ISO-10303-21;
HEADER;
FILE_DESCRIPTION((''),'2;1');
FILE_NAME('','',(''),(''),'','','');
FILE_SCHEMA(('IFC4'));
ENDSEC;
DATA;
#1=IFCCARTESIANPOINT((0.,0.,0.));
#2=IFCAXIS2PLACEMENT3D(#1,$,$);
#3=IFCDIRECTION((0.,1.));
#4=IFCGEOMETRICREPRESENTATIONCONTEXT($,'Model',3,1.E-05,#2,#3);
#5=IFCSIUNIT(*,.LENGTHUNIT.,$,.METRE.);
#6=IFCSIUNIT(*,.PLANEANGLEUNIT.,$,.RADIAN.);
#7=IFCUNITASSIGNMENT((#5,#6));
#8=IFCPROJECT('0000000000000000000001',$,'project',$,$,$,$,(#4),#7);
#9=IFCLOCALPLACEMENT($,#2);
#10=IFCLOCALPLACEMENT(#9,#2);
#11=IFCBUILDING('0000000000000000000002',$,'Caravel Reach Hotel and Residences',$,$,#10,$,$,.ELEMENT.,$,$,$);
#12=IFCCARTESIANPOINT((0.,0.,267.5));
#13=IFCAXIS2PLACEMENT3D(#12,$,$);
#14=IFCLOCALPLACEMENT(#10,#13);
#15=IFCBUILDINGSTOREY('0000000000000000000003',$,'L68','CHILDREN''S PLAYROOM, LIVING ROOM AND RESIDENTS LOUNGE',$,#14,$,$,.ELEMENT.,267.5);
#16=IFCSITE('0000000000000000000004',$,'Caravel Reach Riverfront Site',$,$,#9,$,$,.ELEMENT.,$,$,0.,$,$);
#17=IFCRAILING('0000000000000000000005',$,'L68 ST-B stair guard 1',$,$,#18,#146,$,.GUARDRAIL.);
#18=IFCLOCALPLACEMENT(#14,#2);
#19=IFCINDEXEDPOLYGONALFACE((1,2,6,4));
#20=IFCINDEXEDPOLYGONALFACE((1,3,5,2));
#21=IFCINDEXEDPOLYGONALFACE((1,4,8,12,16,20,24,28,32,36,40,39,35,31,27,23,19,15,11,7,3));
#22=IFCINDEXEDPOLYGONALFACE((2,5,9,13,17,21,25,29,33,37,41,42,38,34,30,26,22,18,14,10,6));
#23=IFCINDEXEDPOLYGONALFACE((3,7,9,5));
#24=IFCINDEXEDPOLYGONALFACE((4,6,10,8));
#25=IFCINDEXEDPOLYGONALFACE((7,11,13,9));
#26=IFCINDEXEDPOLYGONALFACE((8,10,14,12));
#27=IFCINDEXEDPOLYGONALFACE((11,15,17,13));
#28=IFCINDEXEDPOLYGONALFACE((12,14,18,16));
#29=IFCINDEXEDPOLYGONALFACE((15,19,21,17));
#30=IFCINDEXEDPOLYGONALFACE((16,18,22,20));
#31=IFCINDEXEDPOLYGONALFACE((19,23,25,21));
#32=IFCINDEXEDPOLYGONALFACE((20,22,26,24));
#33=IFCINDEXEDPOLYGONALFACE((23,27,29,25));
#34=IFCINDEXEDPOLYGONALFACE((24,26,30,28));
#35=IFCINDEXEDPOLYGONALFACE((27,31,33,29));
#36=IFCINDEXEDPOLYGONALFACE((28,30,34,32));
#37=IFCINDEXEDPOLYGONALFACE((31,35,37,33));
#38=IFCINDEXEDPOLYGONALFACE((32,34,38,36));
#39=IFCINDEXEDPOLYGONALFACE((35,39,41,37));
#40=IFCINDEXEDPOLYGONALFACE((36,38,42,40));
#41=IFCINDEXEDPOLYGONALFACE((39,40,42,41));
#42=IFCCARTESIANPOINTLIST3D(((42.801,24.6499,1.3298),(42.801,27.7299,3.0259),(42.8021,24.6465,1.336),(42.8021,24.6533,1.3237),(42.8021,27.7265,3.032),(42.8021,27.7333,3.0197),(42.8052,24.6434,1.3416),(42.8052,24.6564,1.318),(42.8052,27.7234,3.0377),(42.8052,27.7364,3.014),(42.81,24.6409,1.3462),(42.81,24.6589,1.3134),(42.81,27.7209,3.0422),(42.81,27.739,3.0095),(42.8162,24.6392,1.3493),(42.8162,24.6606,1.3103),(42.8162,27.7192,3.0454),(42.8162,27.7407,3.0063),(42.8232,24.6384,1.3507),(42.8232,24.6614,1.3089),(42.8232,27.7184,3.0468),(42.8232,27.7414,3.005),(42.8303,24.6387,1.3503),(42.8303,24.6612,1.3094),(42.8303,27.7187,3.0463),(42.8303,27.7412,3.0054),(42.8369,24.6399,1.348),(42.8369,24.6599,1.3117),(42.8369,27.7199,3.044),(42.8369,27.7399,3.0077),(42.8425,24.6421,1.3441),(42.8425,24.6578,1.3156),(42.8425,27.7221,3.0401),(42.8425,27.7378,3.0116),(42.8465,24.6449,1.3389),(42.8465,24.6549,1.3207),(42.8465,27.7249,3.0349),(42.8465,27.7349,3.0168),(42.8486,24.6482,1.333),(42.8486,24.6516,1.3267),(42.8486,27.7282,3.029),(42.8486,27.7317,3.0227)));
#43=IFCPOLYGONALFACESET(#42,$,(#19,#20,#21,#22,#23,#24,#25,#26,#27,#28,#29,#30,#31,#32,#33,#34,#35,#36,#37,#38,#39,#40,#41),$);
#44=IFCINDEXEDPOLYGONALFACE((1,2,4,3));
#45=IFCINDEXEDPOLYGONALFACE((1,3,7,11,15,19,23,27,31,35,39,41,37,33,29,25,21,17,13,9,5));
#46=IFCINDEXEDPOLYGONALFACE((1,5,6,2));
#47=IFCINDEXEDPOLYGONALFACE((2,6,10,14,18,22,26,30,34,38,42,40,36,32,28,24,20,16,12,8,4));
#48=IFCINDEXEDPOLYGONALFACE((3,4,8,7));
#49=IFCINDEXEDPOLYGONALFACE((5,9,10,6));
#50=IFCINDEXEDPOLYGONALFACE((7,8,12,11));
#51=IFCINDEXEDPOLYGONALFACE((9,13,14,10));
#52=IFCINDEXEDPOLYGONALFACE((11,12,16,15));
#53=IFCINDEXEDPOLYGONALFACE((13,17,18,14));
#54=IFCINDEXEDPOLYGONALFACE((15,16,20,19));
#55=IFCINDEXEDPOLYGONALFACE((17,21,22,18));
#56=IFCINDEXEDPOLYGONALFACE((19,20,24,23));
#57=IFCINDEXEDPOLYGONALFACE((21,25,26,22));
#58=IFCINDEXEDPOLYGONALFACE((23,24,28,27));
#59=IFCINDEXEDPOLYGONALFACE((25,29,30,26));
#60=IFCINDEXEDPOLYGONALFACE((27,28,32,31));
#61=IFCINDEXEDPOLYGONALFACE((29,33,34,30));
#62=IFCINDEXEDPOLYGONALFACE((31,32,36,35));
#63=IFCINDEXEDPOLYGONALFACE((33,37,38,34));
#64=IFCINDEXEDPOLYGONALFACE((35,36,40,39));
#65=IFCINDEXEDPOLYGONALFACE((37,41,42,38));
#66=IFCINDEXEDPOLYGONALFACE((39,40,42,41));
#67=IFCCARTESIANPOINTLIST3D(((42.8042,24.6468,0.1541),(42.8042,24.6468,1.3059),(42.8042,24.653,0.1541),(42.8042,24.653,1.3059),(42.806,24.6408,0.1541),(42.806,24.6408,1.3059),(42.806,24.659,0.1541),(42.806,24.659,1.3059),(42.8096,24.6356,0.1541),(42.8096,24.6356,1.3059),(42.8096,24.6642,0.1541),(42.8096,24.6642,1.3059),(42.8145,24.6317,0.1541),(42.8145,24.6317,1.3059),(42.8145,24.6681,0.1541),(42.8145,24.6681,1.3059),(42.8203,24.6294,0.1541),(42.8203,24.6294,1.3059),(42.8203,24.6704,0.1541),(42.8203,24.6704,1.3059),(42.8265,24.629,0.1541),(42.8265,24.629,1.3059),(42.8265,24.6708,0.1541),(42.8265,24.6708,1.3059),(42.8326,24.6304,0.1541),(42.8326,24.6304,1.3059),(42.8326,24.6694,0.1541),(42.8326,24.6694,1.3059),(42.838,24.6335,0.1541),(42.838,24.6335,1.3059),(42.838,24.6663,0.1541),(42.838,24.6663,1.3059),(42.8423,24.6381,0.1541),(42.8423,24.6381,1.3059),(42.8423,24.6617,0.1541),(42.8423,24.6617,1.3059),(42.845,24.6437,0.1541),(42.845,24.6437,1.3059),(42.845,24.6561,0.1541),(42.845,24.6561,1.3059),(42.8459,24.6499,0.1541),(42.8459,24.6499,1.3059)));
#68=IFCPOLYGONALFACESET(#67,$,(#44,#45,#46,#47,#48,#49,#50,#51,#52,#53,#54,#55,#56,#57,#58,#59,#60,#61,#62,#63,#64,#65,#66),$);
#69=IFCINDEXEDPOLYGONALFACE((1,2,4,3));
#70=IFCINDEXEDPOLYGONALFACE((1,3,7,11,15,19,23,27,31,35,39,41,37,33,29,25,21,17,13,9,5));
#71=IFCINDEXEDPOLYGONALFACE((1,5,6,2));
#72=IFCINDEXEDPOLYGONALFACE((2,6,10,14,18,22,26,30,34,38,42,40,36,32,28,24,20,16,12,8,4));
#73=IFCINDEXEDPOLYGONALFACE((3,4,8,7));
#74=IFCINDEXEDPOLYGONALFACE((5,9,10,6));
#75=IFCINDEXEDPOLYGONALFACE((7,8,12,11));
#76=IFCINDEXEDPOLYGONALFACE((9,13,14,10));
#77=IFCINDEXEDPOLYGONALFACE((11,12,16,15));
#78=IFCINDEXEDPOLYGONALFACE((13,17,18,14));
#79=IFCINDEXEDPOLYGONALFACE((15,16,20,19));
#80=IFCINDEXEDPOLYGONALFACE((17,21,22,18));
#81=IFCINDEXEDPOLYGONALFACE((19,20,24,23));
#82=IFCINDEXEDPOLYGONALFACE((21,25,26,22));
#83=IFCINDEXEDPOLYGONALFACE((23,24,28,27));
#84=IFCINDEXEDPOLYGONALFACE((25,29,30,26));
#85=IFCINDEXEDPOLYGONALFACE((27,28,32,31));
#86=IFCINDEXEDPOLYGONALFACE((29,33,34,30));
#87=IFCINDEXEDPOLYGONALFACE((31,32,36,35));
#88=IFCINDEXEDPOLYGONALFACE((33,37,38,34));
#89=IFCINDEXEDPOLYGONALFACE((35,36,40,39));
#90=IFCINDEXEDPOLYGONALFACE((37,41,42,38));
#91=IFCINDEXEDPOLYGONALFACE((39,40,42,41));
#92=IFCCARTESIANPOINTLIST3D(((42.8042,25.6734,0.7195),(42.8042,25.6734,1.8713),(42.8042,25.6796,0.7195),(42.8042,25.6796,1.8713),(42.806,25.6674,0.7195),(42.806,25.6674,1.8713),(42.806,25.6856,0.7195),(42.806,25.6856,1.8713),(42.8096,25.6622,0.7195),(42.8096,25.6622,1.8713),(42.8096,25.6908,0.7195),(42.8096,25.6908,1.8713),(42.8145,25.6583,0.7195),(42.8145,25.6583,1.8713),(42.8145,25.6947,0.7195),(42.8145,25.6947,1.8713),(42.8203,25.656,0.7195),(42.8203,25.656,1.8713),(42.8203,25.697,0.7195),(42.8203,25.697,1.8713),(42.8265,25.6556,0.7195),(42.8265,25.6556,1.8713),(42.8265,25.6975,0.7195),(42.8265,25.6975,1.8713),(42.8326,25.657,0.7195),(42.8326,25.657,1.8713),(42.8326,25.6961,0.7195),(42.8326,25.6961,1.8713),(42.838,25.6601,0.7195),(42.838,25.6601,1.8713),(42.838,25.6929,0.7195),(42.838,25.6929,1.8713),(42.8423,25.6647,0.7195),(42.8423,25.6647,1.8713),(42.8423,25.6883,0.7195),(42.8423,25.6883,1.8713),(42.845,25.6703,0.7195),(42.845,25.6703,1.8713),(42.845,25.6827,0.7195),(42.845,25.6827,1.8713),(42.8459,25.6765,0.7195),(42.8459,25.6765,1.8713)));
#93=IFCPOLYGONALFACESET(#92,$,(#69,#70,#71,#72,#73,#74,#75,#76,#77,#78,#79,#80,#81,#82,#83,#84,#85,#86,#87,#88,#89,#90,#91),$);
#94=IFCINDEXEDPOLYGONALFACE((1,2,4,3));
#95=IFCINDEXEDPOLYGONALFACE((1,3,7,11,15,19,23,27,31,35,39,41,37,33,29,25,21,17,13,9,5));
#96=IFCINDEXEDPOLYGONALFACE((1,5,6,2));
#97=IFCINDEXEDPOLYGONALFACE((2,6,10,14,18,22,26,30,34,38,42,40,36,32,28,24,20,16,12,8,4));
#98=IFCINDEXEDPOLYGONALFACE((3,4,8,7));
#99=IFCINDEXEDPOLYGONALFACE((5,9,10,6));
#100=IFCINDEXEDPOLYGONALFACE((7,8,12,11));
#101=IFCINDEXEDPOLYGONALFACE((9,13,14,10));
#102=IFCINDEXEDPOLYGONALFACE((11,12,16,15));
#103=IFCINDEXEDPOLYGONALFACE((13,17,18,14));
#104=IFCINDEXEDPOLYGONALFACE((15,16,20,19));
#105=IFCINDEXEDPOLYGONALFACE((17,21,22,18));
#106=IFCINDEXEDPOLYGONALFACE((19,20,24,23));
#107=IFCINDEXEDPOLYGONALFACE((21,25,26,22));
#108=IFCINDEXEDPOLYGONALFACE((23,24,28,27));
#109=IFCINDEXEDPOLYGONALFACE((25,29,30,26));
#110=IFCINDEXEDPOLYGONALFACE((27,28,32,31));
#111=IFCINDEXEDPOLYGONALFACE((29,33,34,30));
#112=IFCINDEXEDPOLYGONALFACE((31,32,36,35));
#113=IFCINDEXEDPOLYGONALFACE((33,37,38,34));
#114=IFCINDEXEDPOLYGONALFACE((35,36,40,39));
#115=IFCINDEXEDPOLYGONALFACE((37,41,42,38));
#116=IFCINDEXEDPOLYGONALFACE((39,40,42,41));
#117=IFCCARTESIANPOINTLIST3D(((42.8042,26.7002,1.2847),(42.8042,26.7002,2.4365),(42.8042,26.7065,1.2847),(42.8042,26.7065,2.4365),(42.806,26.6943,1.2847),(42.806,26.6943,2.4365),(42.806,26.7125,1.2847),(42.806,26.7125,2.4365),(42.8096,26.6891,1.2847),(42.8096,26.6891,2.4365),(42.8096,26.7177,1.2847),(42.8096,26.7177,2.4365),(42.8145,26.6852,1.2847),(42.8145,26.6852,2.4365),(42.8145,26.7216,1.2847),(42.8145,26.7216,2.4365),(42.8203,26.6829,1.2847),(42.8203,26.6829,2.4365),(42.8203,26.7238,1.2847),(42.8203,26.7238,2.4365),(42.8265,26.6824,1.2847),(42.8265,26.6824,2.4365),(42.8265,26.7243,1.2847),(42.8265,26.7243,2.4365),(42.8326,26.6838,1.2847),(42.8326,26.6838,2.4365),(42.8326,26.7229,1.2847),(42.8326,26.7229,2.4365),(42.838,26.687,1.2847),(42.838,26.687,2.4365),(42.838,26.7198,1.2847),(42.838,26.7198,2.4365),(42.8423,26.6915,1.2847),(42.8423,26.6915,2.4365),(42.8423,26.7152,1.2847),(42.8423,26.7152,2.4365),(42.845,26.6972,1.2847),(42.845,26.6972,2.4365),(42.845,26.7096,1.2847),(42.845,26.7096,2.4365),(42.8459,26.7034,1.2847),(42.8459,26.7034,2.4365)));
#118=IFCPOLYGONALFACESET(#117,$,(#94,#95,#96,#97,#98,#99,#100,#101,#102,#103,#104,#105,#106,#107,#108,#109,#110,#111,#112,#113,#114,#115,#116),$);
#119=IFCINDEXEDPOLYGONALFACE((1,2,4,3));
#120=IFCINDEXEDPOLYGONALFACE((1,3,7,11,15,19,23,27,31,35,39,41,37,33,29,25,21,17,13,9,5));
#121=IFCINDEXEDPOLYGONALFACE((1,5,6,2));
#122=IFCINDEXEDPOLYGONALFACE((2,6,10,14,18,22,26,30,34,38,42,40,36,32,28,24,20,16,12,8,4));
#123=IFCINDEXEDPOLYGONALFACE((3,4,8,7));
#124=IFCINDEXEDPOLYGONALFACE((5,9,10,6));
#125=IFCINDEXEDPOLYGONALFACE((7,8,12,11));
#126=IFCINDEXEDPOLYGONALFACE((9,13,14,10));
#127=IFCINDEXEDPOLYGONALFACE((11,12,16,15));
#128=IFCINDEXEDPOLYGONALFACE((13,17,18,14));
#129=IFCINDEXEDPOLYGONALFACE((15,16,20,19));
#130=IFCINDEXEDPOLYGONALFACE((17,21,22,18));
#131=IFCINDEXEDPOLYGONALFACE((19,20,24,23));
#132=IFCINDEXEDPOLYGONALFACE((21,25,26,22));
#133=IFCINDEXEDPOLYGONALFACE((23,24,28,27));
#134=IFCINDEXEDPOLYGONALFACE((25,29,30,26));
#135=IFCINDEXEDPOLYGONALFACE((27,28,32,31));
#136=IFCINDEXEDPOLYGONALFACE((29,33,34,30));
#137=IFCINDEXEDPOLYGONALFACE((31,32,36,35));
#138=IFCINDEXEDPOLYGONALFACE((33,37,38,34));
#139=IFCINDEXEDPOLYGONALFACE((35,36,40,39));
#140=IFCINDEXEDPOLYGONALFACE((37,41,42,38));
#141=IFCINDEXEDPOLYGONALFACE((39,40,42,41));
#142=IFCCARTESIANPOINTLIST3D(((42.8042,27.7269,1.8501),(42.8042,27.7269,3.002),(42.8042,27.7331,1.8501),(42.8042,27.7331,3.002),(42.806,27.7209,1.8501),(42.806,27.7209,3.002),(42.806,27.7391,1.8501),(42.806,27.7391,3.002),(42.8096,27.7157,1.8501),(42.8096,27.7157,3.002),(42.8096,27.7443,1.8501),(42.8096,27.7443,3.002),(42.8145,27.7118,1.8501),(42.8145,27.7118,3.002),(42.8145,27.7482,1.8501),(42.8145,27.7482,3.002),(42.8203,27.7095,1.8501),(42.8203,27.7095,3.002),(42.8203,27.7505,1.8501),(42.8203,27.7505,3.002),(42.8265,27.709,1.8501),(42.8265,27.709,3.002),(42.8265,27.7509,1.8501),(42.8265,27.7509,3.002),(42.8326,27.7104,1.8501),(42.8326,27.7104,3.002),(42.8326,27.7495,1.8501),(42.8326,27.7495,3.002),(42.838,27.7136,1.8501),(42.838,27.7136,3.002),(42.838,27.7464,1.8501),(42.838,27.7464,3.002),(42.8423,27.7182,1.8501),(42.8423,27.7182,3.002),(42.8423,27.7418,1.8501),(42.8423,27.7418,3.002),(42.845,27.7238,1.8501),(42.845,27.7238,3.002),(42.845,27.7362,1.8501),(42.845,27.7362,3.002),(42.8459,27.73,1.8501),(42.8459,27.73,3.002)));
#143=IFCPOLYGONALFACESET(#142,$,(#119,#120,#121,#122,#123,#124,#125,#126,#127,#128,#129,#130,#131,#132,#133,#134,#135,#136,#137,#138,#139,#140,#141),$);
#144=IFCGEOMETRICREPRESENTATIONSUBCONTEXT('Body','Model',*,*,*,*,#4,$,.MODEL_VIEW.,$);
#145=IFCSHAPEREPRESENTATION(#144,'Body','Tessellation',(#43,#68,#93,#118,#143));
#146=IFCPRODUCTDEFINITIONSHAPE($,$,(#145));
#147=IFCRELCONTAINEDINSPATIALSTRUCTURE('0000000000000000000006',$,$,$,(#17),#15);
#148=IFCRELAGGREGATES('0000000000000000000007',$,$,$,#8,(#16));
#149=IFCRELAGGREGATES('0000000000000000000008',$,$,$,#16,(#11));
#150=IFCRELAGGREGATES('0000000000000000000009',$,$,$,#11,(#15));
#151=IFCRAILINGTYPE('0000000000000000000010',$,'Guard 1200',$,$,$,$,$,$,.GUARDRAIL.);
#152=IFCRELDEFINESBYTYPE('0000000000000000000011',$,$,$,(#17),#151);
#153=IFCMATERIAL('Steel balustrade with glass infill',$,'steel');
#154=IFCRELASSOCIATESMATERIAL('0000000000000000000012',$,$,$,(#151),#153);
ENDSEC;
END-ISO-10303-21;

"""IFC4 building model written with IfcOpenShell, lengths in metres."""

from ifc_helpers import new_model, si_unit, direction, frame, origin, origin_2d, place, context, subcontext, project, spatial, circle, extrude, material, type_object, element, save


model = new_model("IFC4")

# Units and contexts
model_context = context("Model", 3, precision=1e-05, world=origin(), true_north=direction((0.0, 1.0)))
body_context = subcontext(model_context, "Body", "Model", "MODEL_VIEW")
ifc_project = project(units=[si_unit("LENGTHUNIT", "METRE"), si_unit("PLANEANGLEUNIT", "RADIAN")], contexts=[model_context])

# Site, building, storey
site_placement = place(None, origin())
site = spatial("IfcSite", under=ifc_project, at=site_placement, Name="Caravel Reach Riverfront Site", CompositionType="ELEMENT", RefElevation=0.0)
building_placement = place(site_placement, origin())
building = spatial("IfcBuilding", under=site, at=building_placement, Name="Caravel Reach Hotel and Residences", CompositionType="ELEMENT")
storey_placement = place(building_placement, frame((0.0, 0.0, 267.5)))
storey = spatial("IfcBuildingStorey", under=building, at=storey_placement, Name="L68", Description="CHILDREN'S PLAYROOM, LIVING ROOM AND RESIDENTS LOUNGE", CompositionType="ELEMENT", Elevation=267.5)

# Railing
ifc_material_1 = material(Name="Steel balustrade with glass infill", Category="steel")
railing_type_1 = type_object("IfcRailingType", Name="Guard 1200", PredefinedType="GUARDRAIL", material=ifc_material_1)
railing_1_placement = place(storey_placement, frame((42.825, 24.6499, 0.1541)))
element("IfcRailing", 1, at=railing_1_placement, inside=storey, type_object=railing_type_1, Name="L68 ST-B stair guard 1", PredefinedType="GUARDRAIL", context=body_context, shape_type="SweptSolid", body=[
    extrude(circle(Radius=0.0239, at=origin_2d()), frame((0.0, 0.0, 1.1758), z_axis=(0.0, 0.875975, 0.482356), x_axis=(-1.0, 0.0, 0.0)), (0.0, 0.0, 1.0), 3.5161),
    extrude(circle(Radius=0.021, at=origin_2d()), origin(), (0.0, 0.0, 1.0), 1.1519),
    extrude(circle(Radius=0.021, at=origin_2d()), frame((0.0, 1.0266, 0.5654)), (0.0, 0.0, 1.0), 1.1519),
    extrude(circle(Radius=0.021, at=origin_2d()), frame((0.0, 2.0535, 1.1306)), (0.0, 0.0, 1.0), 1.1519),
    extrude(circle(Radius=0.021, at=origin_2d()), frame((0.0, 3.0801, 1.696)), (0.0, 0.0, 1.0), 1.1519),
])

save(model, "model.ifc")
